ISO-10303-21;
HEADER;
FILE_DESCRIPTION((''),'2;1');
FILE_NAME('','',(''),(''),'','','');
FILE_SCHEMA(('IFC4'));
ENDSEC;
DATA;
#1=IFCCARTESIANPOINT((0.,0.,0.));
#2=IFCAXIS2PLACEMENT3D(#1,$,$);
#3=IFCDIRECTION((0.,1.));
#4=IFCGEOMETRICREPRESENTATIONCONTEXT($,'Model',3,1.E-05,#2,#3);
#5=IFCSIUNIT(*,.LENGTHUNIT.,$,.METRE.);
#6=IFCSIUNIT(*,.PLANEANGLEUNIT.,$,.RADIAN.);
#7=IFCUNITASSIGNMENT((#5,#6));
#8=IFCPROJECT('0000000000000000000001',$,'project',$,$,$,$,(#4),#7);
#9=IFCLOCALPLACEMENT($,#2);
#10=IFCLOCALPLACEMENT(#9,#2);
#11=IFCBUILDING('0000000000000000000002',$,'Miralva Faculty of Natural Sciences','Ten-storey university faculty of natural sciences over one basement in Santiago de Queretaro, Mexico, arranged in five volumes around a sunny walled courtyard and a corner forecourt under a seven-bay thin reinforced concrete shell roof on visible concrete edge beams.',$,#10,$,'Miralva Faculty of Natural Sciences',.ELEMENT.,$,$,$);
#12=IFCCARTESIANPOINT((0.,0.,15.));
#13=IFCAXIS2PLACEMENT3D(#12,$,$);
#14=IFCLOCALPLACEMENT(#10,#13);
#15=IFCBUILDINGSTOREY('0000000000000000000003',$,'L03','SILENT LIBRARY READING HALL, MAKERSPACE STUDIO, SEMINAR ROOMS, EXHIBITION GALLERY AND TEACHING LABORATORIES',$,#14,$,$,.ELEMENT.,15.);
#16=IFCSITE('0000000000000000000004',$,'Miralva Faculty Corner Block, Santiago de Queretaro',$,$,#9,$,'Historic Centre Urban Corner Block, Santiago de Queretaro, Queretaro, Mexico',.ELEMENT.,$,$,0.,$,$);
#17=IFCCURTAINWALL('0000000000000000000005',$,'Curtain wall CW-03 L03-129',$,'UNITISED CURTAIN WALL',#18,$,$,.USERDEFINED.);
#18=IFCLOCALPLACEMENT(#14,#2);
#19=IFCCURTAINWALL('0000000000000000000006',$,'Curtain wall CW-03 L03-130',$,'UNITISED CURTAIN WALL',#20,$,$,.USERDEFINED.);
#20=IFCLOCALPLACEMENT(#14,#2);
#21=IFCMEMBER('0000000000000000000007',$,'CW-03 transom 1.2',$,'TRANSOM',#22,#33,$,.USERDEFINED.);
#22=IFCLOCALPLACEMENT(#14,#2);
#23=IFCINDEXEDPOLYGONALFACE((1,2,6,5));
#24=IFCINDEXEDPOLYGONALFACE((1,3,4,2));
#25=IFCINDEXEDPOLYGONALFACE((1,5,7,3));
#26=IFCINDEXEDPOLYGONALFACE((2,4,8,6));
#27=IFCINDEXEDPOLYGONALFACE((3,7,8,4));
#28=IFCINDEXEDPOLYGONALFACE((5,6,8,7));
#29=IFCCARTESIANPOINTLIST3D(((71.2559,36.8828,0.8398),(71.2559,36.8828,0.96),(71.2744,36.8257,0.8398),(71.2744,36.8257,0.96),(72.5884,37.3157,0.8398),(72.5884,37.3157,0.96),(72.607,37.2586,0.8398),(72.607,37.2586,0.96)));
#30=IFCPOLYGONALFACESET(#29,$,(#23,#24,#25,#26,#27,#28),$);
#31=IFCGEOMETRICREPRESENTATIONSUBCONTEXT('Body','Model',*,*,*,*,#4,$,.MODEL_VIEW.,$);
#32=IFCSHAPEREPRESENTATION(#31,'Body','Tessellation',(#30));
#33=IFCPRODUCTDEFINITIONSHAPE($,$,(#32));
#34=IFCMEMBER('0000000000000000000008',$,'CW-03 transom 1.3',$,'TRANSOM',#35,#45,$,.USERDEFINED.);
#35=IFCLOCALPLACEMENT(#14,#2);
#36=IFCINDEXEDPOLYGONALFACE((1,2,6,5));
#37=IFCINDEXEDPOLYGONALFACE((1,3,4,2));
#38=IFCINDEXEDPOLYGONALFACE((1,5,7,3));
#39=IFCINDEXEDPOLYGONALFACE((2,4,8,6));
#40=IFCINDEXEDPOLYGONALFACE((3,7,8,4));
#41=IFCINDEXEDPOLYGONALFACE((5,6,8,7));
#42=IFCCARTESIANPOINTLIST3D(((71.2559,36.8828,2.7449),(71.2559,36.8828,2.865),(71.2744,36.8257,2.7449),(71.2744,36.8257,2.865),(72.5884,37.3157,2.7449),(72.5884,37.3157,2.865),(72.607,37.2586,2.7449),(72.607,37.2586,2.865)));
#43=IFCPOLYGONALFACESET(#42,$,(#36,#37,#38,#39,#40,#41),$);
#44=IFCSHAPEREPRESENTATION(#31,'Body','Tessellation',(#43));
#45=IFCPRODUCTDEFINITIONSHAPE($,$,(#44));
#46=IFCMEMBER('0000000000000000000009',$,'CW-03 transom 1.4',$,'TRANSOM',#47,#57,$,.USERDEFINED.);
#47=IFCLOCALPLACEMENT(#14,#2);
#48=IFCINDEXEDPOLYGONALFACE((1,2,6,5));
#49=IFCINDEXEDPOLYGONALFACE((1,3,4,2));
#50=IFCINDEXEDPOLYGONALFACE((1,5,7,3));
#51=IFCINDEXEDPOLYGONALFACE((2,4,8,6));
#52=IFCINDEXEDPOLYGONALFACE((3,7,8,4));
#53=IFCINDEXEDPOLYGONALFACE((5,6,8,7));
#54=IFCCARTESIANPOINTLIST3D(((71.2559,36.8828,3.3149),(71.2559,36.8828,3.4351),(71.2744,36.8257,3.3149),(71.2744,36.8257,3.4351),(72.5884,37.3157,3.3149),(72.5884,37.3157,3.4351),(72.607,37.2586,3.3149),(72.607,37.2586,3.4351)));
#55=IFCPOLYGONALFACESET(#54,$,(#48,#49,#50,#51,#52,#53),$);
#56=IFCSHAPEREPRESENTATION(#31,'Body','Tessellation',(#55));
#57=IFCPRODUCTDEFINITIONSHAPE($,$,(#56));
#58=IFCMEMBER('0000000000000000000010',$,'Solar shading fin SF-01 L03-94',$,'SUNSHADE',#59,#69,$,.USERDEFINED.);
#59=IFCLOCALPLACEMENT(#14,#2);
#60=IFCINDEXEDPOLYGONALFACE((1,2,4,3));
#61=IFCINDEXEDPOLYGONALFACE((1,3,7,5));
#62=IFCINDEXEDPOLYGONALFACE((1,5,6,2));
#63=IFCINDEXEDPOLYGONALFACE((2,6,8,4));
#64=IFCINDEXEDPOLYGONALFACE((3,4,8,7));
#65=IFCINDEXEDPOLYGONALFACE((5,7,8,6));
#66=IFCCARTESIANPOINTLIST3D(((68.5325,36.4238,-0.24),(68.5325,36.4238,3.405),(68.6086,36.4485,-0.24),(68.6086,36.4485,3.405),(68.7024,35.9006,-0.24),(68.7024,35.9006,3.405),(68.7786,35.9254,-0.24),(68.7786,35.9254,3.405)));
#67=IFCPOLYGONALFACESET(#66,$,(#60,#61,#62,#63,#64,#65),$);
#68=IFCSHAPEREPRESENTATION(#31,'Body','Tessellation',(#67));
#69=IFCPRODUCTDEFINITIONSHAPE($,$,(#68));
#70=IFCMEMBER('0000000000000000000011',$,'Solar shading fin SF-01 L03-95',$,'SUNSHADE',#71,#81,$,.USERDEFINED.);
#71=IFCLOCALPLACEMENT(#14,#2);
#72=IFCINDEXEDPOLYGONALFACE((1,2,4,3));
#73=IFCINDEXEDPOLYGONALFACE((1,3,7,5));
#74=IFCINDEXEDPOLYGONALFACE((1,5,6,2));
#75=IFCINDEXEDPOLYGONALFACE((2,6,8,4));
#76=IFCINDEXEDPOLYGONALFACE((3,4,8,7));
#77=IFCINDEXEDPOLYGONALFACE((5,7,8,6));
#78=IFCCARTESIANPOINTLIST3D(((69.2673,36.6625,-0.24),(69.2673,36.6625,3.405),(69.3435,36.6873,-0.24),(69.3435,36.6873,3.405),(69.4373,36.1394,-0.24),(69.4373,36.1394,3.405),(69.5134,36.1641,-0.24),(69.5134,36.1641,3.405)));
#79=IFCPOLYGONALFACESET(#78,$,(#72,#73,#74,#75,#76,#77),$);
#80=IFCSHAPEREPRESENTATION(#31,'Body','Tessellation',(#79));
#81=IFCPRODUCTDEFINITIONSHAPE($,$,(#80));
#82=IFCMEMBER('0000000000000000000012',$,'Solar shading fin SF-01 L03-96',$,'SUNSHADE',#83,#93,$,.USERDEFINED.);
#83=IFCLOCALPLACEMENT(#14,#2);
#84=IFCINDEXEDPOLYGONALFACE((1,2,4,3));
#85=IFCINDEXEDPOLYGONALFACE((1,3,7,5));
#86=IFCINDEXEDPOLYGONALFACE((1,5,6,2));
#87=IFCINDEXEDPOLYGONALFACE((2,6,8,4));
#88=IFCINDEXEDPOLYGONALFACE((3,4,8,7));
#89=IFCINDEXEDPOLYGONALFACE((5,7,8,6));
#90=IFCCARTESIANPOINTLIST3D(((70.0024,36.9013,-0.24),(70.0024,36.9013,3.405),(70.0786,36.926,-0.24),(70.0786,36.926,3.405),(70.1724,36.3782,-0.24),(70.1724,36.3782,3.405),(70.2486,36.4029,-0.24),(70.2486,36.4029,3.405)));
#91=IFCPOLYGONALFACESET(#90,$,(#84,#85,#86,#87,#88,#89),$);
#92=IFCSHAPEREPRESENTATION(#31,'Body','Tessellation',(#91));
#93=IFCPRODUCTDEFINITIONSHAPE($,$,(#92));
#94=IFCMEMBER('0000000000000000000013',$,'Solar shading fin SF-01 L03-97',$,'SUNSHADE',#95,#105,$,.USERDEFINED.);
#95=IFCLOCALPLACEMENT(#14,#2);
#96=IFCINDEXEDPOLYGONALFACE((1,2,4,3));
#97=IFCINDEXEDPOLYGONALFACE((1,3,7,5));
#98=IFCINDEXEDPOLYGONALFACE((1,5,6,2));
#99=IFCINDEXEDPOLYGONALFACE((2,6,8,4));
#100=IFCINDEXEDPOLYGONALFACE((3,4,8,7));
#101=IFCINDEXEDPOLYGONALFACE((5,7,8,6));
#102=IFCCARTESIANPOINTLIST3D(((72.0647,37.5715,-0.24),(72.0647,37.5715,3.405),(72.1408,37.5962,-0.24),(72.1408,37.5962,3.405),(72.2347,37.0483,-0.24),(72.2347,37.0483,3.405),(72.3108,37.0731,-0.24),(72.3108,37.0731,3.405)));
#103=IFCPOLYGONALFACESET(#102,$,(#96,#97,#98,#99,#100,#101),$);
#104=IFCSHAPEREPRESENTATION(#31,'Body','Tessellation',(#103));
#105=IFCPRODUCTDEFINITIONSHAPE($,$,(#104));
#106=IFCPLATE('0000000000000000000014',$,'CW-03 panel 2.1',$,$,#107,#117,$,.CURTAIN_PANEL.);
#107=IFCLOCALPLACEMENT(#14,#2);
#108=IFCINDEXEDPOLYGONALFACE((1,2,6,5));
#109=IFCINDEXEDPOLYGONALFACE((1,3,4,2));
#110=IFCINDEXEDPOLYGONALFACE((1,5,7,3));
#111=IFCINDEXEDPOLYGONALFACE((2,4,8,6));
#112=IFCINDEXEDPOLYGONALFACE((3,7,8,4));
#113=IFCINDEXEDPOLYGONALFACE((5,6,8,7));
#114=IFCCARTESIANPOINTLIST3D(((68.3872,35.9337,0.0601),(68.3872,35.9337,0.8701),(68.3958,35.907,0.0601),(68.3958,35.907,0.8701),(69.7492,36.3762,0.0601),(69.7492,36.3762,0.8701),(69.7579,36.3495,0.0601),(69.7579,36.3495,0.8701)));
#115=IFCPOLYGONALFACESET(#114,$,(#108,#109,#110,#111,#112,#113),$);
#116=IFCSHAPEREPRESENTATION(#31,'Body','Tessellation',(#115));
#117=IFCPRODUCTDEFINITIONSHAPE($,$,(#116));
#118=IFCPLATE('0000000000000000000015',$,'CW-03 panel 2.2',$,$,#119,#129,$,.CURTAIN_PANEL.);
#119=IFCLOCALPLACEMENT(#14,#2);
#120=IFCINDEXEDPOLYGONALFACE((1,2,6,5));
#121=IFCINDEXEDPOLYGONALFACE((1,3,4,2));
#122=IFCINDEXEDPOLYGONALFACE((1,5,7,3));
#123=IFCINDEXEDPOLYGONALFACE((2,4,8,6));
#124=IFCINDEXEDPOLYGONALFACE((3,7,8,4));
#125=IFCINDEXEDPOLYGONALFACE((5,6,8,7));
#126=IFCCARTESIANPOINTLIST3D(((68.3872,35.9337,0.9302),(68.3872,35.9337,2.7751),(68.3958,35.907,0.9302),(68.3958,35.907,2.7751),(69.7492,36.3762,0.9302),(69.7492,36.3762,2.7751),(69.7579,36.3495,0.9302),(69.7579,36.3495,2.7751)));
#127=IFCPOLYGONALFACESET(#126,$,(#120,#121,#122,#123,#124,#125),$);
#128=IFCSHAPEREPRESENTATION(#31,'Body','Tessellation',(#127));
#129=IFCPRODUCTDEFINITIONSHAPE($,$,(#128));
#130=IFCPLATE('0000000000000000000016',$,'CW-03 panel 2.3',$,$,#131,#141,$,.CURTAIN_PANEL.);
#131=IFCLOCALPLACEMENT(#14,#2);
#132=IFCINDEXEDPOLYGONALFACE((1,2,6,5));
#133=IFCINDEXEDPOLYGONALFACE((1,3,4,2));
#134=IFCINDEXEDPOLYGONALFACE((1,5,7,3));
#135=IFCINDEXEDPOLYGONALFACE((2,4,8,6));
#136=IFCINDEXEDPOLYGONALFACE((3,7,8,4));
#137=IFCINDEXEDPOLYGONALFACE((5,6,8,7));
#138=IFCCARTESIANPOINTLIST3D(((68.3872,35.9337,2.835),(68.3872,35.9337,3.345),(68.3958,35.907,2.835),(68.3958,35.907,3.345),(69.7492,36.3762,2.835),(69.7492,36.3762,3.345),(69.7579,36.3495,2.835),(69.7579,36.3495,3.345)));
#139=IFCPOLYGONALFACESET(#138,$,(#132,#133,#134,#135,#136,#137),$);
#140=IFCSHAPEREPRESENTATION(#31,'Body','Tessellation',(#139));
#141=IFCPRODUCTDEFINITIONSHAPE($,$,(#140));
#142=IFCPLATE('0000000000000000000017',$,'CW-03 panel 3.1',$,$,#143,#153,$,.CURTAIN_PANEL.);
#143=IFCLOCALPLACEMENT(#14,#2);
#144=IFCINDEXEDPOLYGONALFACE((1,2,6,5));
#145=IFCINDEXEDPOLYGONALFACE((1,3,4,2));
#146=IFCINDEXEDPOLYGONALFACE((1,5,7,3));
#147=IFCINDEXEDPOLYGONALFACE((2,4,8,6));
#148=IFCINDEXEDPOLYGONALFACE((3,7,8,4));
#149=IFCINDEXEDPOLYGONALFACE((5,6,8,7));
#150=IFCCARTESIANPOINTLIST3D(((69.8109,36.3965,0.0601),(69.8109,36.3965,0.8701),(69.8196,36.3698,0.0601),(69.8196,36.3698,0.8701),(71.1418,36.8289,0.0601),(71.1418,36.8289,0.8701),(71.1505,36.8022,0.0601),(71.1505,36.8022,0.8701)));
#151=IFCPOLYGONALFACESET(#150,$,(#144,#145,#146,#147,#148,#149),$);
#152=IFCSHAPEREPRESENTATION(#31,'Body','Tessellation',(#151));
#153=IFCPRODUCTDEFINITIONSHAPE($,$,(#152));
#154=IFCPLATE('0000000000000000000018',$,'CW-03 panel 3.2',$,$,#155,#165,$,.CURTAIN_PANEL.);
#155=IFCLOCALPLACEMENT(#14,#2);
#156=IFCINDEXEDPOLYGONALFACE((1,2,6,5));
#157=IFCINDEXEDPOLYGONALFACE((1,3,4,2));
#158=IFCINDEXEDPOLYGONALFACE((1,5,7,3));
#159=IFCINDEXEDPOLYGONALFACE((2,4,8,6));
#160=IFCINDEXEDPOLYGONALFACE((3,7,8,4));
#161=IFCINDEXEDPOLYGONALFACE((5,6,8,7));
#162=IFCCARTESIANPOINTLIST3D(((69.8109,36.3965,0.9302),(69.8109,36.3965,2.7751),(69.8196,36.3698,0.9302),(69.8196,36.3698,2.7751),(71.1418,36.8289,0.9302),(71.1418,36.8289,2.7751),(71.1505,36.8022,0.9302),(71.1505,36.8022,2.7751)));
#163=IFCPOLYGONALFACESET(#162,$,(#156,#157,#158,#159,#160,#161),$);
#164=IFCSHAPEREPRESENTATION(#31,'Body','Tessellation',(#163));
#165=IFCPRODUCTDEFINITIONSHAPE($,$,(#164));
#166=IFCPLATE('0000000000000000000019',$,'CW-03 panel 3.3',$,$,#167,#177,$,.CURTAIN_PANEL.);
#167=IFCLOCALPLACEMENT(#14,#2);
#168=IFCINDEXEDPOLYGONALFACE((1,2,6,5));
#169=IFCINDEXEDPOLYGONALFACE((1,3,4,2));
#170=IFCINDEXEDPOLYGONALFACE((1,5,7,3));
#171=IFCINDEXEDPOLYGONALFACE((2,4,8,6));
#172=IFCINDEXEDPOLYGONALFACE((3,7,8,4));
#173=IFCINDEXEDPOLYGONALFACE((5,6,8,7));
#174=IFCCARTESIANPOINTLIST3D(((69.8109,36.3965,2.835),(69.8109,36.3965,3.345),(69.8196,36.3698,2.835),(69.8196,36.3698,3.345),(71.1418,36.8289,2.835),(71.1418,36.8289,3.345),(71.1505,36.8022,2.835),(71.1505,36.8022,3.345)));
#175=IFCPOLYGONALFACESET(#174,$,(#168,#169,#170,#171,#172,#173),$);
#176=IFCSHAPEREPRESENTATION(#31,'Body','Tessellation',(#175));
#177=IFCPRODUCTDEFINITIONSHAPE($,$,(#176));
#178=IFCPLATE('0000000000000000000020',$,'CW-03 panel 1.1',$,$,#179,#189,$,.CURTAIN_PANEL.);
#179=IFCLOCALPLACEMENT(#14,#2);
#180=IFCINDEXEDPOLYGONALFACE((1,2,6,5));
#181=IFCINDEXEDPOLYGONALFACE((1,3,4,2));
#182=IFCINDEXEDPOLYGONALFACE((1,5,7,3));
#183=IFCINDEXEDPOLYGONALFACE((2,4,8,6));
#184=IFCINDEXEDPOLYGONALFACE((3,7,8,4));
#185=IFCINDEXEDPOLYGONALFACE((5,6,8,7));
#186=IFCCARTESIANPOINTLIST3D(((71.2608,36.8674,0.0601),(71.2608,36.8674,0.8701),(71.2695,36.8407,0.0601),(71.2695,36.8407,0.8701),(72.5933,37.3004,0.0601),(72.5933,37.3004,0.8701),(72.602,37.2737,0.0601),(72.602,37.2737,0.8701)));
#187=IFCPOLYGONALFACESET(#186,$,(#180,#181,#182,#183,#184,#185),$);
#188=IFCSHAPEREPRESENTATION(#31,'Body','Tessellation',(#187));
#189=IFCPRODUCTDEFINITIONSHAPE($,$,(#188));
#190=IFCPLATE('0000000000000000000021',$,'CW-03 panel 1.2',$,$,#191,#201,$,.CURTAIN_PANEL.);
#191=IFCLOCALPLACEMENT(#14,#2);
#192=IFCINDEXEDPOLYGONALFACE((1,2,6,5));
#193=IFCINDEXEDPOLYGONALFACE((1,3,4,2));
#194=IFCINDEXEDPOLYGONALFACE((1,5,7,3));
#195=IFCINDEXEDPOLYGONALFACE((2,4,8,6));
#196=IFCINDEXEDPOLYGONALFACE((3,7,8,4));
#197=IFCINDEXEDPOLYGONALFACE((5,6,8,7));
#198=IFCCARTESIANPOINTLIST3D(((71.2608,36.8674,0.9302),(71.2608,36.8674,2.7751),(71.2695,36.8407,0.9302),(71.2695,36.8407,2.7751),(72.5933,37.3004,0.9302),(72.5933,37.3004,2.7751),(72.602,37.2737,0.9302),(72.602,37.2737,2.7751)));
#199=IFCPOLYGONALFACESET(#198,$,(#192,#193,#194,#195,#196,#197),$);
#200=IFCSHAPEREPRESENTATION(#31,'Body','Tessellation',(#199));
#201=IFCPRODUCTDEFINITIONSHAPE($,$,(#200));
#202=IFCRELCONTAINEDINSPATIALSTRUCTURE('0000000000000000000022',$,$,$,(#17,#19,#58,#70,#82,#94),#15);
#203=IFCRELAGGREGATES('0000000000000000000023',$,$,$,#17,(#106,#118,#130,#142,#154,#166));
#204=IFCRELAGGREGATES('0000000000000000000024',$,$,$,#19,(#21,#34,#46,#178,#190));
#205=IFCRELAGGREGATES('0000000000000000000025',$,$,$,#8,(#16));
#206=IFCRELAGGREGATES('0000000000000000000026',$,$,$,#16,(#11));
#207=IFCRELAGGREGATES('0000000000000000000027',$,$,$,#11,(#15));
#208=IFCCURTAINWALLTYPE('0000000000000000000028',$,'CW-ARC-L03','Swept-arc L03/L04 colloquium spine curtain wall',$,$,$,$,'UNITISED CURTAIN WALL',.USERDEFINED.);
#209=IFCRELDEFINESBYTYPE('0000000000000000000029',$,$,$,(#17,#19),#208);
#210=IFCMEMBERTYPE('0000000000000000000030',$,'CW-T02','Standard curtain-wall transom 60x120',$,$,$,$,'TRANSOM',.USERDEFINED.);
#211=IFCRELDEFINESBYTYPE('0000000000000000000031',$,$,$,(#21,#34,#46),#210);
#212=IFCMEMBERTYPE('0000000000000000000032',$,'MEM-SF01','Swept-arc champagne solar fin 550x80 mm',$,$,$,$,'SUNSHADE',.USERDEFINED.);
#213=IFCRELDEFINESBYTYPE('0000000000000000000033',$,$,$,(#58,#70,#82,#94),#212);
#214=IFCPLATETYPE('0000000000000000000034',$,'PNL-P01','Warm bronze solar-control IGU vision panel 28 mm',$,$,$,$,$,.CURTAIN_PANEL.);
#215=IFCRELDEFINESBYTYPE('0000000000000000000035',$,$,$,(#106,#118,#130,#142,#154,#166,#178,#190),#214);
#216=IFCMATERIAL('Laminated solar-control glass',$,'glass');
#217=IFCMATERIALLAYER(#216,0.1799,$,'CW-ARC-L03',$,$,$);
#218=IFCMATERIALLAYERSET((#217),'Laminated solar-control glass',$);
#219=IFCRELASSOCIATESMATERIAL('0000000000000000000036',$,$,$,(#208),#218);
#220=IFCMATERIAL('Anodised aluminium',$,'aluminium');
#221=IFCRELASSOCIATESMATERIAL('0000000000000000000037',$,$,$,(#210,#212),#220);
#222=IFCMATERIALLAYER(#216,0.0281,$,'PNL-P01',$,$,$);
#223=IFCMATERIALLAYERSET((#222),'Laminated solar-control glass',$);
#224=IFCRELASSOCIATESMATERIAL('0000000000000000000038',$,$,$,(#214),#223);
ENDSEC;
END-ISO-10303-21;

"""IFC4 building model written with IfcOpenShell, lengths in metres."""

from ifc_helpers import new_model, si_unit, direction, frame, origin, origin_2d, place, context, subcontext, project, spatial, rectangle, extrude, material, layer, layer_set, material_profile, profile_set, type_object, element, aggregate, save


model = new_model("IFC4")

# Units and contexts
model_context = context("Model", 3, precision=1e-05, world=origin(), true_north=direction((0.0, 1.0)))
body_context = subcontext(model_context, "Body", "Model", "MODEL_VIEW")
ifc_project = project(units=[si_unit("LENGTHUNIT", "METRE"), si_unit("PLANEANGLEUNIT", "RADIAN")], contexts=[model_context])

# Site, building, storey
site_placement = place(None, origin())
site = spatial("IfcSite", under=ifc_project, at=site_placement, Name="Miralva Faculty Corner Block, Santiago de Queretaro", LongName="Historic Centre Urban Corner Block, Santiago de Queretaro, Queretaro, Mexico", CompositionType="ELEMENT", RefElevation=0.0)
building_placement = place(site_placement, origin())
building = spatial("IfcBuilding", under=site, at=building_placement, Name="Miralva Faculty of Natural Sciences", Description="Ten-storey university faculty of natural sciences over one basement in Santiago de Queretaro, Mexico, arranged in five volumes around a sunny walled courtyard and a corner forecourt under a seven-bay thin reinforced concrete shell roof on visible concrete edge beams.", LongName="Miralva Faculty of Natural Sciences", CompositionType="ELEMENT")
storey_placement = place(building_placement, frame((0.0, 0.0, 15.0)))
storey = spatial("IfcBuildingStorey", under=building, at=storey_placement, Name="L03", Description="SILENT LIBRARY READING HALL, MAKERSPACE STUDIO, SEMINAR ROOMS, EXHIBITION GALLERY AND TEACHING LABORATORIES", CompositionType="ELEMENT", Elevation=15.0)

# Curtain walls
ifc_material_1 = material(Name="Laminated solar-control glass", Category="glass")
ifc_layer_1 = layer(ifc_material_1, 0.1799, Name="CW-ARC-L03")
ifc_layer_set_1 = layer_set([ifc_layer_1], Name="Laminated solar-control glass")
curtain_wall_type = type_object("IfcCurtainWallType", Name="CW-ARC-L03", Description="Swept-arc L03/L04 colloquium spine curtain wall", ElementType="UNITISED CURTAIN WALL", PredefinedType="USERDEFINED", material=ifc_layer_set_1)
curtain_wall_1_placement = place(storey_placement, origin())
curtain_wall_1 = element("IfcCurtainWall", 1, at=curtain_wall_1_placement, inside=storey, type_object=curtain_wall_type, Name="Curtain wall CW-03 L03-129", ObjectType="UNITISED CURTAIN WALL", PredefinedType="USERDEFINED")
ifc_material_2 = material(Name="Anodised aluminium", Category="aluminium")
curtain_wall_2_placement = place(storey_placement, origin())
curtain_wall_2 = element("IfcCurtainWall", 2, at=curtain_wall_2_placement, inside=storey, type_object=curtain_wall_type, Name="Curtain wall CW-03 L03-130", ObjectType="UNITISED CURTAIN WALL", PredefinedType="USERDEFINED")

# Members
ifc_material_profile_1 = material_profile(ifc_material_2, rectangle(XDim=0.0601, YDim=0.1201, at=origin_2d()), Name="TRANSOM 60x120")
ifc_profile_set_1 = profile_set([ifc_material_profile_1], Name="Anodised aluminium")
member_type_1 = type_object("IfcMemberType", Name="CW-T02", Description="Standard curtain-wall transom 60x120", ElementType="TRANSOM", PredefinedType="USERDEFINED", material=ifc_profile_set_1)
member_1_placement = place(storey_placement, frame((71.2651, 36.8542, 0.8999), z_axis=(0.951078, 0.308952, 0.0), x_axis=(-0.308952, 0.951078, 0.0)))
member_1 = element("IfcMember", 3, at=member_1_placement, type_object=member_type_1, Name="CW-03 transom 1.2", ObjectType="TRANSOM", PredefinedType="USERDEFINED", context=body_context, shape_type="SweptSolid", body=[
    extrude(rectangle(XDim=0.0601, YDim=0.1201, at=origin_2d()), origin(), (0.0, 0.0, 1.0), 1.4011),
])
member_2_placement = place(storey_placement, frame((71.2651, 36.8542, 2.8049), z_axis=(0.951078, 0.308952, 0.0), x_axis=(-0.308952, 0.951078, 0.0)))
member_2 = element("IfcMember", 4, at=member_2_placement, type_object=member_type_1, Name="CW-03 transom 1.3", ObjectType="TRANSOM", PredefinedType="USERDEFINED", context=body_context, shape_type="SweptSolid", body=[
    extrude(rectangle(XDim=0.0601, YDim=0.1201, at=origin_2d()), origin(), (0.0, 0.0, 1.0), 1.4011),
])
member_3_placement = place(storey_placement, frame((71.2651, 36.8542, 3.375), z_axis=(0.951078, 0.308952, 0.0), x_axis=(-0.308952, 0.951078, 0.0)))
member_3 = element("IfcMember", 5, at=member_3_placement, type_object=member_type_1, Name="CW-03 transom 1.4", ObjectType="TRANSOM", PredefinedType="USERDEFINED", context=body_context, shape_type="SweptSolid", body=[
    extrude(rectangle(XDim=0.0601, YDim=0.1201, at=origin_2d()), origin(), (0.0, 0.0, 1.0), 1.4011),
])

# Members
ifc_material_profile_2 = material_profile(ifc_material_2, rectangle(XDim=0.0801, YDim=0.55, at=origin_2d()), Name="FIN 550x80")
ifc_profile_set_2 = profile_set([ifc_material_profile_2], Name="Anodised aluminium")
member_type_2 = type_object("IfcMemberType", Name="MEM-SF01", Description="Swept-arc champagne solar fin 550x80 mm", ElementType="SUNSHADE", PredefinedType="USERDEFINED", material=ifc_profile_set_2)
for number, where, z_axis, x_axis, name in (
    (6, (68.6555, 36.1746, -0.24), (0.0, 0.0, 1.0), (-0.951057, -0.309017, 0.0), "Solar shading fin SF-01 L03-94"),
    (7, (69.3904, 36.4133, -0.24), (0.0, 0.0, 1.0), (-0.951057, -0.309017, 0.0), "Solar shading fin SF-01 L03-95"),
    (8, (70.1255, 36.6521, -0.24), (0.0, 0.0, 1.0), (-0.951057, -0.309017, 0.0), "Solar shading fin SF-01 L03-96"),
    (9, (72.1877, 37.3223, -0.24), (0.0, 0.0, 1.0), (-0.951057, -0.309017, 0.0), "Solar shading fin SF-01 L03-97"),
):
    element("IfcMember", number, at=place(storey_placement, frame(where, z_axis=z_axis, x_axis=x_axis)), inside=storey, type_object=member_type_2, Name=name, ObjectType="SUNSHADE", PredefinedType="USERDEFINED", context=body_context, shape_type="SweptSolid", body=[
        extrude(rectangle(XDim=0.0801, YDim=0.55, at=origin_2d()), origin(), (0.0, 0.0, 1.0), 3.645),
    ])

# Plates
ifc_layer_2 = layer(ifc_material_1, 0.0281, Name="PNL-P01")
ifc_layer_set_2 = layer_set([ifc_layer_2], Name="Laminated solar-control glass")
plate_type = type_object("IfcPlateType", Name="PNL-P01", Description="Warm bronze solar-control IGU vision panel 28 mm", PredefinedType="CURTAIN_PANEL", material=ifc_layer_set_2)
plate_1_placement = place(storey_placement, frame((69.0725, 36.1416, 0.0601), z_axis=(0.0, 0.0, 1.0), x_axis=(0.951058, 0.309011, 0.0)))
plate_1 = element("IfcPlate", 10, at=plate_1_placement, type_object=plate_type, Name="CW-03 panel 2.1", PredefinedType="CURTAIN_PANEL", context=body_context, shape_type="SweptSolid", body=[
    extrude(rectangle(XDim=1.4321, YDim=0.0281, at=origin_2d()), origin(), (0.0, 0.0, 1.0), 0.8101),
])
plate_2_placement = place(storey_placement, frame((69.0725, 36.1416, 0.9302), z_axis=(0.0, 0.0, 1.0), x_axis=(0.951058, 0.309011, 0.0)))
plate_2 = element("IfcPlate", 11, at=plate_2_placement, type_object=plate_type, Name="CW-03 panel 2.2", PredefinedType="CURTAIN_PANEL", context=body_context, shape_type="SweptSolid", body=[
    extrude(rectangle(XDim=1.4321, YDim=0.0281, at=origin_2d()), origin(), (0.0, 0.0, 1.0), 1.845),
])
plate_3_placement = place(storey_placement, frame((69.0725, 36.1416, 2.835), z_axis=(0.0, 0.0, 1.0), x_axis=(0.951058, 0.309011, 0.0)))
plate_3 = element("IfcPlate", 12, at=plate_3_placement, type_object=plate_type, Name="CW-03 panel 2.3", PredefinedType="CURTAIN_PANEL", context=body_context, shape_type="SweptSolid", body=[
    extrude(rectangle(XDim=1.4321, YDim=0.0281, at=origin_2d()), origin(), (0.0, 0.0, 1.0), 0.51),
])
plate_4_placement = place(storey_placement, frame((70.4807, 36.5994, 0.0601), z_axis=(0.0, 0.0, 1.0), x_axis=(0.951058, 0.309011, 0.0)))
plate_4 = element("IfcPlate", 13, at=plate_4_placement, type_object=plate_type, Name="CW-03 panel 3.1", PredefinedType="CURTAIN_PANEL", context=body_context, shape_type="SweptSolid", body=[
    extrude(rectangle(XDim=1.3994, YDim=0.0281, at=origin_2d()), origin(), (0.0, 0.0, 1.0), 0.8101),
])
plate_5_placement = place(storey_placement, frame((70.4807, 36.5994, 0.9302), z_axis=(0.0, 0.0, 1.0), x_axis=(0.951058, 0.309011, 0.0)))
plate_5 = element("IfcPlate", 14, at=plate_5_placement, type_object=plate_type, Name="CW-03 panel 3.2", PredefinedType="CURTAIN_PANEL", context=body_context, shape_type="SweptSolid", body=[
    extrude(rectangle(XDim=1.3994, YDim=0.0281, at=origin_2d()), origin(), (0.0, 0.0, 1.0), 1.845),
])
plate_6_placement = place(storey_placement, frame((70.4807, 36.5994, 2.835), z_axis=(0.0, 0.0, 1.0), x_axis=(0.951058, 0.309011, 0.0)))
plate_6 = element("IfcPlate", 15, at=plate_6_placement, type_object=plate_type, Name="CW-03 panel 3.3", PredefinedType="CURTAIN_PANEL", context=body_context, shape_type="SweptSolid", body=[
    extrude(rectangle(XDim=1.3994, YDim=0.0281, at=origin_2d()), origin(), (0.0, 0.0, 1.0), 0.51),
])
aggregate(curtain_wall_1, [plate_1, plate_2, plate_3, plate_4, plate_5, plate_6])
plate_7_placement = place(storey_placement, frame((71.9314, 37.0706, 0.0601), z_axis=(0.0, 0.0, 1.0), x_axis=(0.95106, 0.309006, 0.0)))
plate_7 = element("IfcPlate", 16, at=plate_7_placement, type_object=plate_type, Name="CW-03 panel 1.1", PredefinedType="CURTAIN_PANEL", context=body_context, shape_type="SweptSolid", body=[
    extrude(rectangle(XDim=1.4011, YDim=0.0281, at=origin_2d()), origin(), (0.0, 0.0, 1.0), 0.8101),
])
plate_8_placement = place(storey_placement, frame((71.9314, 37.0706, 0.9302), z_axis=(0.0, 0.0, 1.0), x_axis=(0.95106, 0.309006, 0.0)))
plate_8 = element("IfcPlate", 17, at=plate_8_placement, type_object=plate_type, Name="CW-03 panel 1.2", PredefinedType="CURTAIN_PANEL", context=body_context, shape_type="SweptSolid", body=[
    extrude(rectangle(XDim=1.4011, YDim=0.0281, at=origin_2d()), origin(), (0.0, 0.0, 1.0), 1.845),
])
aggregate(curtain_wall_2, [member_1, member_2, member_3, plate_7, plate_8])

save(model, "model.ifc")
